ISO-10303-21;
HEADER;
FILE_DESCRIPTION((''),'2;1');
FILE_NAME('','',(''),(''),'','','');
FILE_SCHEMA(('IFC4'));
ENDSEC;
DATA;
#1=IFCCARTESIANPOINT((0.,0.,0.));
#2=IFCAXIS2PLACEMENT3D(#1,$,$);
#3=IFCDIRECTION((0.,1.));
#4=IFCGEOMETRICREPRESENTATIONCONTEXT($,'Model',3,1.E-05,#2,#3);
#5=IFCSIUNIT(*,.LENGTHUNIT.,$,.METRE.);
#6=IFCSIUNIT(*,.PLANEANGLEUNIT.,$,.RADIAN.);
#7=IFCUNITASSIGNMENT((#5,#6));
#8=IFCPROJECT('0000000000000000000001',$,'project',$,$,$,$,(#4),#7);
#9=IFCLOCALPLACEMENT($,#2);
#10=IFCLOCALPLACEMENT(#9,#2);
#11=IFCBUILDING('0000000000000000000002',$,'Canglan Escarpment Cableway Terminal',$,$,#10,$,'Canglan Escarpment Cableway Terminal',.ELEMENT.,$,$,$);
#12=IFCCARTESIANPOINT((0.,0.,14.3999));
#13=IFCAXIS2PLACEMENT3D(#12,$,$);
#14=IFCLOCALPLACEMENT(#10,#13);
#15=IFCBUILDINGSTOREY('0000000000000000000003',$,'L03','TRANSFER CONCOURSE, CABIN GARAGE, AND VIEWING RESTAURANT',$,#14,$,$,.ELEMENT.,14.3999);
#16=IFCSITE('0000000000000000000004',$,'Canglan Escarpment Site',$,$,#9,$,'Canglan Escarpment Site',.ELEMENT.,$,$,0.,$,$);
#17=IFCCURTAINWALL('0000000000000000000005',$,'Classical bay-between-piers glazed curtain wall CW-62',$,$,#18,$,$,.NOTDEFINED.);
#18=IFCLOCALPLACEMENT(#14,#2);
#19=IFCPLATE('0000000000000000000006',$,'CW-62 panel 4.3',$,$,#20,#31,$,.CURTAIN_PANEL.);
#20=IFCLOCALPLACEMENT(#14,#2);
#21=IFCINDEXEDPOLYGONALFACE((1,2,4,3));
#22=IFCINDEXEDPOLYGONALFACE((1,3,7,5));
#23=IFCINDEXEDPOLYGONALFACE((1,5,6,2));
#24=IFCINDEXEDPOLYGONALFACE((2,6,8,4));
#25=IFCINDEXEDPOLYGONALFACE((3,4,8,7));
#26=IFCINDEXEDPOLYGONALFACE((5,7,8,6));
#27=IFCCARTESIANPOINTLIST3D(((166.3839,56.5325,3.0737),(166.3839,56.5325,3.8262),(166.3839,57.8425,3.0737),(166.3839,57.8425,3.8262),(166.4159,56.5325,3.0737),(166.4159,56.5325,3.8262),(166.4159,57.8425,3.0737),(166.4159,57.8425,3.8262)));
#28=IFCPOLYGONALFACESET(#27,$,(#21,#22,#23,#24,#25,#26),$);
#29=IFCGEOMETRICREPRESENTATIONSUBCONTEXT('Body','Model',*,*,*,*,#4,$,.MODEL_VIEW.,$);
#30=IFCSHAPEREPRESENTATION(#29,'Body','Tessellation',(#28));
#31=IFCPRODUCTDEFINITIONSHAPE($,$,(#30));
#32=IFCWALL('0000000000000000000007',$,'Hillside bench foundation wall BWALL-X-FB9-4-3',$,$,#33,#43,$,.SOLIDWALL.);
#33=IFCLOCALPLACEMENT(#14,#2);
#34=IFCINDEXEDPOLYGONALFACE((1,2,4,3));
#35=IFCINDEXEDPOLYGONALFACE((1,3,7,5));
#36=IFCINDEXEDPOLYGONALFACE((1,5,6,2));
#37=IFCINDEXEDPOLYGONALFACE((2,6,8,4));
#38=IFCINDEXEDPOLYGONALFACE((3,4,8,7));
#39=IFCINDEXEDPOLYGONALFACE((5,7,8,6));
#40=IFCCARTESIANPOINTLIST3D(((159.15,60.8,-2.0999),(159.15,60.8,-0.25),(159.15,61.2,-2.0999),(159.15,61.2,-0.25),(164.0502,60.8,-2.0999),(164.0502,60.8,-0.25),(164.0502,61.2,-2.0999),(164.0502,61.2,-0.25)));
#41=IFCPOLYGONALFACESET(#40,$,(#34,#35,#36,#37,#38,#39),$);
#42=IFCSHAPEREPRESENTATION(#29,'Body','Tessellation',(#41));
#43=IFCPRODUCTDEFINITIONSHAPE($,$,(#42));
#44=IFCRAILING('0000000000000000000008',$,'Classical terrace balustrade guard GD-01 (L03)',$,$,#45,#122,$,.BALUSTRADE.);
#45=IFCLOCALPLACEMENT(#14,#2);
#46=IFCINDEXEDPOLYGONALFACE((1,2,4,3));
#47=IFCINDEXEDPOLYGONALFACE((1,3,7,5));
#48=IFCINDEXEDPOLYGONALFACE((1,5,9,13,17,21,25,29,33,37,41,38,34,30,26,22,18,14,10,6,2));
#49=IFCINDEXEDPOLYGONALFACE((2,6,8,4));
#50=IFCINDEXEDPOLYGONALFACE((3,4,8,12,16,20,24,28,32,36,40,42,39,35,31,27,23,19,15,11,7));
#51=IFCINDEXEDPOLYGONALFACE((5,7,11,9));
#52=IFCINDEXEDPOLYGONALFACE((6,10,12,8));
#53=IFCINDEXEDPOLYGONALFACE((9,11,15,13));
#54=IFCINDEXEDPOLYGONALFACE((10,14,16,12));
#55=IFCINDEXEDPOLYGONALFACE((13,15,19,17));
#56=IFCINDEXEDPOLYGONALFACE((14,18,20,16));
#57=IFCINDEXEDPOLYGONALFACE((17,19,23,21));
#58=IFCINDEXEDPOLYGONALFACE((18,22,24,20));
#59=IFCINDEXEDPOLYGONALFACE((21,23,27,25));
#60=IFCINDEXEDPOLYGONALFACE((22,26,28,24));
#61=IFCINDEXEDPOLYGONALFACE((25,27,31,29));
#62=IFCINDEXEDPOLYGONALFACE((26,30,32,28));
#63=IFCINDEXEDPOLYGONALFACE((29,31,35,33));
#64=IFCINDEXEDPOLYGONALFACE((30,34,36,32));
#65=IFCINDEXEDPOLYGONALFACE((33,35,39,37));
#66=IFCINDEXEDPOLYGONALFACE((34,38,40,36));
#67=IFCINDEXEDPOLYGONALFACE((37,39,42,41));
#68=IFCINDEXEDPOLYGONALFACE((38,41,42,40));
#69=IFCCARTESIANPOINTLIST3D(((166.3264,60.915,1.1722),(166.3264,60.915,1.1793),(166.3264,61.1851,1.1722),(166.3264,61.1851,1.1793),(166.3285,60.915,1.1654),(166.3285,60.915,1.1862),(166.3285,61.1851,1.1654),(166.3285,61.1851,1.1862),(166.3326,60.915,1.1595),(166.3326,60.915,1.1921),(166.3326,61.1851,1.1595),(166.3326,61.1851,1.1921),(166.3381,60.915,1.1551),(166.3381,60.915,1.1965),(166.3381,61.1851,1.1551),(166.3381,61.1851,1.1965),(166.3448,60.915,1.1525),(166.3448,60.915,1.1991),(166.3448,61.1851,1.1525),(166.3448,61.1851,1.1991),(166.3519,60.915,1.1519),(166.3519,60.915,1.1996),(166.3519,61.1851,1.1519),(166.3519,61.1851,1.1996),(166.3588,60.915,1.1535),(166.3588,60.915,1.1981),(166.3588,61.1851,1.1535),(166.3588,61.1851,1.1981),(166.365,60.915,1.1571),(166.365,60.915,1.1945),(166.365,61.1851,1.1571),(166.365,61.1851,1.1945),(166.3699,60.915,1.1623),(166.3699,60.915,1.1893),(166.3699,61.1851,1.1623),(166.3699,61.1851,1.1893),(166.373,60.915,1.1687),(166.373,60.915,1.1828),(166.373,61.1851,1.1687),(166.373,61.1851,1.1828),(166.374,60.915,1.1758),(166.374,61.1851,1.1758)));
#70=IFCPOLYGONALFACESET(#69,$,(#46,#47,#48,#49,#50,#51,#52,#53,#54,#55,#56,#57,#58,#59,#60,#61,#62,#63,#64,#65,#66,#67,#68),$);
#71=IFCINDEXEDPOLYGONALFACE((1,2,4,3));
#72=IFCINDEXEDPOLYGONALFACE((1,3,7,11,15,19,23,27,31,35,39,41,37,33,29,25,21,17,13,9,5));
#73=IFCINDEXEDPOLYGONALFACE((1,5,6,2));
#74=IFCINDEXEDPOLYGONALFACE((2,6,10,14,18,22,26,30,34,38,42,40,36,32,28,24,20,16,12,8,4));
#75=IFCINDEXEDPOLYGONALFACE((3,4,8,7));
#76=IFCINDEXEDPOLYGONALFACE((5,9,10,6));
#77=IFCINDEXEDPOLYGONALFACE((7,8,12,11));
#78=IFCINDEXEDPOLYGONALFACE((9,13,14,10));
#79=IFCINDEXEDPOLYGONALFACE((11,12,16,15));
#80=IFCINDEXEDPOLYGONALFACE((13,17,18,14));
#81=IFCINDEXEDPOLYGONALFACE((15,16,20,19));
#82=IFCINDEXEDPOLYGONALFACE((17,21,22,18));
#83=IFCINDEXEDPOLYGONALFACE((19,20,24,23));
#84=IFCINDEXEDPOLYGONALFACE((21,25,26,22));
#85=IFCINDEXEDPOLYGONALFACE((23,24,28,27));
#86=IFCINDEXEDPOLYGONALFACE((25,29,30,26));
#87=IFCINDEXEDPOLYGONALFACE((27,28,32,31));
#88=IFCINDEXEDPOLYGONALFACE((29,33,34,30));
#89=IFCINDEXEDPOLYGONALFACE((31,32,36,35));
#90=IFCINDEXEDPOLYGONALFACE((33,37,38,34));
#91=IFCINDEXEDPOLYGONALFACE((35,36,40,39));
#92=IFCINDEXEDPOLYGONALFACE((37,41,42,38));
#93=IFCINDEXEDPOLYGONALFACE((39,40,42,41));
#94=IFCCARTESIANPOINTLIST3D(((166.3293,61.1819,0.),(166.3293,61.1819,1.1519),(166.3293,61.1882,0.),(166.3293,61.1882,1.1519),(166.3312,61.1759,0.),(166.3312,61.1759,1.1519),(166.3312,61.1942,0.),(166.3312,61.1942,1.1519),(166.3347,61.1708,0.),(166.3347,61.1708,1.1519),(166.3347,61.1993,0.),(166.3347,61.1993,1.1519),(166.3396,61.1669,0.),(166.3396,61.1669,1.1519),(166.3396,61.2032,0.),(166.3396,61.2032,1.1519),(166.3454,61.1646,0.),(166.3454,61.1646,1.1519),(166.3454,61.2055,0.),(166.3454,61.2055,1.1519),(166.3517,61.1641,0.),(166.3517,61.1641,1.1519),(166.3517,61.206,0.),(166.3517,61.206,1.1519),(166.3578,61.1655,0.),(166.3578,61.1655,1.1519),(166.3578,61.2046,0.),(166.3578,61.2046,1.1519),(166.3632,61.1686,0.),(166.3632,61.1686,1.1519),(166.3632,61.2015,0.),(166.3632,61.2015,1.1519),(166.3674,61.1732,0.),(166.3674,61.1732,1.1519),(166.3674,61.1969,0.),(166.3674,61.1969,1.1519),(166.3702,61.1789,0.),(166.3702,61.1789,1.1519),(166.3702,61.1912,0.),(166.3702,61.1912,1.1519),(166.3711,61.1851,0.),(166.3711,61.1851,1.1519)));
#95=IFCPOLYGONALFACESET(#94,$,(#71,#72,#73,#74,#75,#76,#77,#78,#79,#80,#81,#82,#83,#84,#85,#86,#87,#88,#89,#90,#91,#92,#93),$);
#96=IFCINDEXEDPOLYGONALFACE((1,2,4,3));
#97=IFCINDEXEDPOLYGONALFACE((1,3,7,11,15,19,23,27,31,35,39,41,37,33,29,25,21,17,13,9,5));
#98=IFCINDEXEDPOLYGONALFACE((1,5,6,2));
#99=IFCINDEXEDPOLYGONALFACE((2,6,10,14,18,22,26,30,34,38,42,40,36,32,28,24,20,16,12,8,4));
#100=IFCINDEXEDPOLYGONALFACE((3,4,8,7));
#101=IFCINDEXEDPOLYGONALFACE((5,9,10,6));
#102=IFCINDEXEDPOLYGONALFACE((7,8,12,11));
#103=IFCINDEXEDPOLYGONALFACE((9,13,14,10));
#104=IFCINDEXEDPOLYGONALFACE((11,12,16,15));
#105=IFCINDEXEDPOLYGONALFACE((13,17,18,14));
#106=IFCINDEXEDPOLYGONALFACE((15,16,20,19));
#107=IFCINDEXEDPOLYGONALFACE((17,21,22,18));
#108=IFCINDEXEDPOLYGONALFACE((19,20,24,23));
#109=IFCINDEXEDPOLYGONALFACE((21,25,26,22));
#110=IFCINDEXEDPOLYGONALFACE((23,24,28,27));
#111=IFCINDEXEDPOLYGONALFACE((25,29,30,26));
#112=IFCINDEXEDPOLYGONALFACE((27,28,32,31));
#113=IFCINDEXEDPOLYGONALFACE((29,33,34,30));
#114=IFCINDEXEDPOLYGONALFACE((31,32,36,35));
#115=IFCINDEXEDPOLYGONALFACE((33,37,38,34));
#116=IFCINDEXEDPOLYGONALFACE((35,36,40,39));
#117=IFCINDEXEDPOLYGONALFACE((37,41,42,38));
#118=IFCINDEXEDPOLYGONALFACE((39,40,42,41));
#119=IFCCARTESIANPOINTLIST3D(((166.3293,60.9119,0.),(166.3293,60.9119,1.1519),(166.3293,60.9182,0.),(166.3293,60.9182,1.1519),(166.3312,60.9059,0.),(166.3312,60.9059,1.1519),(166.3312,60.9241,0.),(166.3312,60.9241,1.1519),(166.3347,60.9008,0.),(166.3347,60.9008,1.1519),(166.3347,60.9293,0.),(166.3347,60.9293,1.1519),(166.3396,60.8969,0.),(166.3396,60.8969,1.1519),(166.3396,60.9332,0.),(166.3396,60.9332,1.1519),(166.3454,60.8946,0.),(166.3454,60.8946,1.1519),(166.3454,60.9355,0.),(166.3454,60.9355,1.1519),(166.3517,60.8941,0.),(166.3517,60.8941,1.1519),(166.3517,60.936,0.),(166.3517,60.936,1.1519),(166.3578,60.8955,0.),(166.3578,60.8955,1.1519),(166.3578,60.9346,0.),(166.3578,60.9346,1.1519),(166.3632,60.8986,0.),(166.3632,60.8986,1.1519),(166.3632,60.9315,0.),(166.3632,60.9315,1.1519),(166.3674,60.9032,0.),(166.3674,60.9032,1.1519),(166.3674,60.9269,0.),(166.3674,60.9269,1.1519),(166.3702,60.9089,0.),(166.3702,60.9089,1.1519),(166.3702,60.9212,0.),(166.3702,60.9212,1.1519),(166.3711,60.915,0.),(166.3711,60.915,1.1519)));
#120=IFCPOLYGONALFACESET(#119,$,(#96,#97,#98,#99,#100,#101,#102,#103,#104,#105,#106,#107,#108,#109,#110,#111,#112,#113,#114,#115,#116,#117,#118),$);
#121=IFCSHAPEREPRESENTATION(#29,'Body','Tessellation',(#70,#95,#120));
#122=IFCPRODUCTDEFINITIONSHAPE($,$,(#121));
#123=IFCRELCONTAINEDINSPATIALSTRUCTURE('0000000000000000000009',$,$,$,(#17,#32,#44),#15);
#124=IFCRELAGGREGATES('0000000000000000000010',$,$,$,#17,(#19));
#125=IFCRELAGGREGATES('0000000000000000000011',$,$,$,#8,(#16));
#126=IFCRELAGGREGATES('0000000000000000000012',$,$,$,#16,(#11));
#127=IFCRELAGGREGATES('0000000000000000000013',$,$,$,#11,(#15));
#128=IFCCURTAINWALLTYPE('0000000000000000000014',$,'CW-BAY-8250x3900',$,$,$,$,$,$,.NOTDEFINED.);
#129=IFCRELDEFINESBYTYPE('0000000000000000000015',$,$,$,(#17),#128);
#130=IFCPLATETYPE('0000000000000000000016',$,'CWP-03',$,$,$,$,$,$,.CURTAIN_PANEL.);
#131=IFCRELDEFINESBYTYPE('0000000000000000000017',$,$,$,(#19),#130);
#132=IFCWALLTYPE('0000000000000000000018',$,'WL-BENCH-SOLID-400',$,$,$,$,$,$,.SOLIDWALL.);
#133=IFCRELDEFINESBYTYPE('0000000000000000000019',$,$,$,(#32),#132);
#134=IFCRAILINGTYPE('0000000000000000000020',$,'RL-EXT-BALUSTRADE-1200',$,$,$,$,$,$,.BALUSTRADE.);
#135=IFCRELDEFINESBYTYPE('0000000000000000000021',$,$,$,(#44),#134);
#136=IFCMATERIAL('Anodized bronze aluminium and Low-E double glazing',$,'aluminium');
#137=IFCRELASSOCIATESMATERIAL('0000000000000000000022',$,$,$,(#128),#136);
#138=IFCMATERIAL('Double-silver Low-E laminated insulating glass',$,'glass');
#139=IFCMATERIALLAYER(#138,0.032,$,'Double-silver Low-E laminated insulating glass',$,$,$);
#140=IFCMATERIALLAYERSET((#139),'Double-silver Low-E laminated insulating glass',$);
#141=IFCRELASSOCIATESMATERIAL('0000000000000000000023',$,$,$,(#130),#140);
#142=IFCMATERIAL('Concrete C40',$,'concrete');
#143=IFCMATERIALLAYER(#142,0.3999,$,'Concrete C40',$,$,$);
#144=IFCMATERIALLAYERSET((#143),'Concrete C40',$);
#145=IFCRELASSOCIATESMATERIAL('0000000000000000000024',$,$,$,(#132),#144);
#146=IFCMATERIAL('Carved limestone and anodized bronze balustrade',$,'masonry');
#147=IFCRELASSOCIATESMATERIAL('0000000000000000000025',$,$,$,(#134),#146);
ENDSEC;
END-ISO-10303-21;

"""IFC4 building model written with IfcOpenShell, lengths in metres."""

from ifc_helpers import new_model, si_unit, direction, frame, frame_2d, origin, origin_2d, place, context, subcontext, project, spatial, rectangle, circle, extrude, material, layer, layer_set, type_object, element, aggregate, save


model = new_model("IFC4")

# Units and contexts
model_context = context("Model", 3, precision=1e-05, world=origin(), true_north=direction((0.0, 1.0)))
body_context = subcontext(model_context, "Body", "Model", "MODEL_VIEW")
ifc_project = project(units=[si_unit("LENGTHUNIT", "METRE"), si_unit("PLANEANGLEUNIT", "RADIAN")], contexts=[model_context])

# Site, building, storey
site_placement = place(None, origin())
site = spatial("IfcSite", under=ifc_project, at=site_placement, Name="Canglan Escarpment Site", LongName="Canglan Escarpment Site", CompositionType="ELEMENT", RefElevation=0.0)
building_placement = place(site_placement, origin())
building = spatial("IfcBuilding", under=site, at=building_placement, Name="Canglan Escarpment Cableway Terminal", LongName="Canglan Escarpment Cableway Terminal", CompositionType="ELEMENT")
storey_placement = place(building_placement, frame((0.0, 0.0, 14.3999)))
storey = spatial("IfcBuildingStorey", under=building, at=storey_placement, Name="L03", Description="TRANSFER CONCOURSE, CABIN GARAGE, AND VIEWING RESTAURANT", CompositionType="ELEMENT", Elevation=14.3999)

# Shared definitions
ifc_material_1 = material(Name="Concrete C40", Category="concrete")

# Curtain wall
ifc_material_2 = material(Name="Anodized bronze aluminium and Low-E double glazing", Category="aluminium")
curtain_wall_type = type_object("IfcCurtainWallType", Name="CW-BAY-8250x3900", PredefinedType="NOTDEFINED", material=ifc_material_2)
curtain_wall_placement = place(storey_placement, origin())
curtain_wall = element("IfcCurtainWall", 1, at=curtain_wall_placement, inside=storey, type_object=curtain_wall_type, Name="Classical bay-between-piers glazed curtain wall CW-62", PredefinedType="NOTDEFINED")

# Plate
ifc_material_3 = material(Name="Double-silver Low-E laminated insulating glass", Category="glass")
ifc_layer_1 = layer(ifc_material_3, 0.032, Name="Double-silver Low-E laminated insulating glass")
ifc_layer_set_1 = layer_set([ifc_layer_1], Name="Double-silver Low-E laminated insulating glass")
plate_type = type_object("IfcPlateType", Name="CWP-03", PredefinedType="CURTAIN_PANEL", material=ifc_layer_set_1)
plate_1_placement = place(storey_placement, frame((166.3999, 57.1875, 3.0737), z_axis=(0.0, 0.0, 1.0), x_axis=(0.0, 1.0, 0.0)))
plate_1 = element("IfcPlate", 2, at=plate_1_placement, type_object=plate_type, Name="CW-62 panel 4.3", PredefinedType="CURTAIN_PANEL", context=body_context, shape_type="SweptSolid", body=[
    extrude(rectangle(XDim=1.3101, YDim=0.032, at=origin_2d()), origin(), (0.0, 0.0, 1.0), 0.7524),
])
aggregate(curtain_wall, [plate_1])

# Wall
ifc_layer_2 = layer(ifc_material_1, 0.3999, Name="Concrete C40")
ifc_layer_set_2 = layer_set([ifc_layer_2], Name="Concrete C40")
wall_type = type_object("IfcWallType", Name="WL-BENCH-SOLID-400", PredefinedType="SOLIDWALL", material=ifc_layer_set_2)
wall_placement = place(storey_placement, frame((159.1499, 61.0, -2.0999), z_axis=(0.0, 0.0, 1.0), x_axis=(1.0, 0.0, 0.0)))
element("IfcWall", 3, at=wall_placement, inside=storey, type_object=wall_type, Name="Hillside bench foundation wall BWALL-X-FB9-4-3", PredefinedType="SOLIDWALL", context=body_context, shape_type="SweptSolid", body=[
    extrude(rectangle(XDim=4.9001, YDim=0.3999, at=frame_2d((2.4502, 0.0))), origin(), (0.0, 0.0, 1.0), 1.8499),
])

# Railing
ifc_material_4 = material(Name="Carved limestone and anodized bronze balustrade", Category="masonry")
railing_type = type_object("IfcRailingType", Name="RL-EXT-BALUSTRADE-1200", PredefinedType="BALUSTRADE", material=ifc_material_4)
railing_placement = place(storey_placement, frame((166.3501, 61.1851, 0.0)))
element("IfcRailing", 4, at=railing_placement, inside=storey, type_object=railing_type, Name="Classical terrace balustrade guard GD-01 (L03)", PredefinedType="BALUSTRADE", context=body_context, shape_type="SweptSolid", body=[
    extrude(circle(Radius=0.0239, at=origin_2d()), frame((0.0, 0.0, 1.1758), z_axis=(0.0, -1.0, 0.0), x_axis=(1.0, 0.0, 0.0)), (0.0, 0.0, 1.0), 0.27),
    extrude(circle(Radius=0.021, at=origin_2d()), origin(), (0.0, 0.0, 1.0), 1.1519),
    extrude(circle(Radius=0.021, at=origin_2d()), frame((0.0, -0.27, 0.0)), (0.0, 0.0, 1.0), 1.1519),
])

save(model, "model.ifc")
